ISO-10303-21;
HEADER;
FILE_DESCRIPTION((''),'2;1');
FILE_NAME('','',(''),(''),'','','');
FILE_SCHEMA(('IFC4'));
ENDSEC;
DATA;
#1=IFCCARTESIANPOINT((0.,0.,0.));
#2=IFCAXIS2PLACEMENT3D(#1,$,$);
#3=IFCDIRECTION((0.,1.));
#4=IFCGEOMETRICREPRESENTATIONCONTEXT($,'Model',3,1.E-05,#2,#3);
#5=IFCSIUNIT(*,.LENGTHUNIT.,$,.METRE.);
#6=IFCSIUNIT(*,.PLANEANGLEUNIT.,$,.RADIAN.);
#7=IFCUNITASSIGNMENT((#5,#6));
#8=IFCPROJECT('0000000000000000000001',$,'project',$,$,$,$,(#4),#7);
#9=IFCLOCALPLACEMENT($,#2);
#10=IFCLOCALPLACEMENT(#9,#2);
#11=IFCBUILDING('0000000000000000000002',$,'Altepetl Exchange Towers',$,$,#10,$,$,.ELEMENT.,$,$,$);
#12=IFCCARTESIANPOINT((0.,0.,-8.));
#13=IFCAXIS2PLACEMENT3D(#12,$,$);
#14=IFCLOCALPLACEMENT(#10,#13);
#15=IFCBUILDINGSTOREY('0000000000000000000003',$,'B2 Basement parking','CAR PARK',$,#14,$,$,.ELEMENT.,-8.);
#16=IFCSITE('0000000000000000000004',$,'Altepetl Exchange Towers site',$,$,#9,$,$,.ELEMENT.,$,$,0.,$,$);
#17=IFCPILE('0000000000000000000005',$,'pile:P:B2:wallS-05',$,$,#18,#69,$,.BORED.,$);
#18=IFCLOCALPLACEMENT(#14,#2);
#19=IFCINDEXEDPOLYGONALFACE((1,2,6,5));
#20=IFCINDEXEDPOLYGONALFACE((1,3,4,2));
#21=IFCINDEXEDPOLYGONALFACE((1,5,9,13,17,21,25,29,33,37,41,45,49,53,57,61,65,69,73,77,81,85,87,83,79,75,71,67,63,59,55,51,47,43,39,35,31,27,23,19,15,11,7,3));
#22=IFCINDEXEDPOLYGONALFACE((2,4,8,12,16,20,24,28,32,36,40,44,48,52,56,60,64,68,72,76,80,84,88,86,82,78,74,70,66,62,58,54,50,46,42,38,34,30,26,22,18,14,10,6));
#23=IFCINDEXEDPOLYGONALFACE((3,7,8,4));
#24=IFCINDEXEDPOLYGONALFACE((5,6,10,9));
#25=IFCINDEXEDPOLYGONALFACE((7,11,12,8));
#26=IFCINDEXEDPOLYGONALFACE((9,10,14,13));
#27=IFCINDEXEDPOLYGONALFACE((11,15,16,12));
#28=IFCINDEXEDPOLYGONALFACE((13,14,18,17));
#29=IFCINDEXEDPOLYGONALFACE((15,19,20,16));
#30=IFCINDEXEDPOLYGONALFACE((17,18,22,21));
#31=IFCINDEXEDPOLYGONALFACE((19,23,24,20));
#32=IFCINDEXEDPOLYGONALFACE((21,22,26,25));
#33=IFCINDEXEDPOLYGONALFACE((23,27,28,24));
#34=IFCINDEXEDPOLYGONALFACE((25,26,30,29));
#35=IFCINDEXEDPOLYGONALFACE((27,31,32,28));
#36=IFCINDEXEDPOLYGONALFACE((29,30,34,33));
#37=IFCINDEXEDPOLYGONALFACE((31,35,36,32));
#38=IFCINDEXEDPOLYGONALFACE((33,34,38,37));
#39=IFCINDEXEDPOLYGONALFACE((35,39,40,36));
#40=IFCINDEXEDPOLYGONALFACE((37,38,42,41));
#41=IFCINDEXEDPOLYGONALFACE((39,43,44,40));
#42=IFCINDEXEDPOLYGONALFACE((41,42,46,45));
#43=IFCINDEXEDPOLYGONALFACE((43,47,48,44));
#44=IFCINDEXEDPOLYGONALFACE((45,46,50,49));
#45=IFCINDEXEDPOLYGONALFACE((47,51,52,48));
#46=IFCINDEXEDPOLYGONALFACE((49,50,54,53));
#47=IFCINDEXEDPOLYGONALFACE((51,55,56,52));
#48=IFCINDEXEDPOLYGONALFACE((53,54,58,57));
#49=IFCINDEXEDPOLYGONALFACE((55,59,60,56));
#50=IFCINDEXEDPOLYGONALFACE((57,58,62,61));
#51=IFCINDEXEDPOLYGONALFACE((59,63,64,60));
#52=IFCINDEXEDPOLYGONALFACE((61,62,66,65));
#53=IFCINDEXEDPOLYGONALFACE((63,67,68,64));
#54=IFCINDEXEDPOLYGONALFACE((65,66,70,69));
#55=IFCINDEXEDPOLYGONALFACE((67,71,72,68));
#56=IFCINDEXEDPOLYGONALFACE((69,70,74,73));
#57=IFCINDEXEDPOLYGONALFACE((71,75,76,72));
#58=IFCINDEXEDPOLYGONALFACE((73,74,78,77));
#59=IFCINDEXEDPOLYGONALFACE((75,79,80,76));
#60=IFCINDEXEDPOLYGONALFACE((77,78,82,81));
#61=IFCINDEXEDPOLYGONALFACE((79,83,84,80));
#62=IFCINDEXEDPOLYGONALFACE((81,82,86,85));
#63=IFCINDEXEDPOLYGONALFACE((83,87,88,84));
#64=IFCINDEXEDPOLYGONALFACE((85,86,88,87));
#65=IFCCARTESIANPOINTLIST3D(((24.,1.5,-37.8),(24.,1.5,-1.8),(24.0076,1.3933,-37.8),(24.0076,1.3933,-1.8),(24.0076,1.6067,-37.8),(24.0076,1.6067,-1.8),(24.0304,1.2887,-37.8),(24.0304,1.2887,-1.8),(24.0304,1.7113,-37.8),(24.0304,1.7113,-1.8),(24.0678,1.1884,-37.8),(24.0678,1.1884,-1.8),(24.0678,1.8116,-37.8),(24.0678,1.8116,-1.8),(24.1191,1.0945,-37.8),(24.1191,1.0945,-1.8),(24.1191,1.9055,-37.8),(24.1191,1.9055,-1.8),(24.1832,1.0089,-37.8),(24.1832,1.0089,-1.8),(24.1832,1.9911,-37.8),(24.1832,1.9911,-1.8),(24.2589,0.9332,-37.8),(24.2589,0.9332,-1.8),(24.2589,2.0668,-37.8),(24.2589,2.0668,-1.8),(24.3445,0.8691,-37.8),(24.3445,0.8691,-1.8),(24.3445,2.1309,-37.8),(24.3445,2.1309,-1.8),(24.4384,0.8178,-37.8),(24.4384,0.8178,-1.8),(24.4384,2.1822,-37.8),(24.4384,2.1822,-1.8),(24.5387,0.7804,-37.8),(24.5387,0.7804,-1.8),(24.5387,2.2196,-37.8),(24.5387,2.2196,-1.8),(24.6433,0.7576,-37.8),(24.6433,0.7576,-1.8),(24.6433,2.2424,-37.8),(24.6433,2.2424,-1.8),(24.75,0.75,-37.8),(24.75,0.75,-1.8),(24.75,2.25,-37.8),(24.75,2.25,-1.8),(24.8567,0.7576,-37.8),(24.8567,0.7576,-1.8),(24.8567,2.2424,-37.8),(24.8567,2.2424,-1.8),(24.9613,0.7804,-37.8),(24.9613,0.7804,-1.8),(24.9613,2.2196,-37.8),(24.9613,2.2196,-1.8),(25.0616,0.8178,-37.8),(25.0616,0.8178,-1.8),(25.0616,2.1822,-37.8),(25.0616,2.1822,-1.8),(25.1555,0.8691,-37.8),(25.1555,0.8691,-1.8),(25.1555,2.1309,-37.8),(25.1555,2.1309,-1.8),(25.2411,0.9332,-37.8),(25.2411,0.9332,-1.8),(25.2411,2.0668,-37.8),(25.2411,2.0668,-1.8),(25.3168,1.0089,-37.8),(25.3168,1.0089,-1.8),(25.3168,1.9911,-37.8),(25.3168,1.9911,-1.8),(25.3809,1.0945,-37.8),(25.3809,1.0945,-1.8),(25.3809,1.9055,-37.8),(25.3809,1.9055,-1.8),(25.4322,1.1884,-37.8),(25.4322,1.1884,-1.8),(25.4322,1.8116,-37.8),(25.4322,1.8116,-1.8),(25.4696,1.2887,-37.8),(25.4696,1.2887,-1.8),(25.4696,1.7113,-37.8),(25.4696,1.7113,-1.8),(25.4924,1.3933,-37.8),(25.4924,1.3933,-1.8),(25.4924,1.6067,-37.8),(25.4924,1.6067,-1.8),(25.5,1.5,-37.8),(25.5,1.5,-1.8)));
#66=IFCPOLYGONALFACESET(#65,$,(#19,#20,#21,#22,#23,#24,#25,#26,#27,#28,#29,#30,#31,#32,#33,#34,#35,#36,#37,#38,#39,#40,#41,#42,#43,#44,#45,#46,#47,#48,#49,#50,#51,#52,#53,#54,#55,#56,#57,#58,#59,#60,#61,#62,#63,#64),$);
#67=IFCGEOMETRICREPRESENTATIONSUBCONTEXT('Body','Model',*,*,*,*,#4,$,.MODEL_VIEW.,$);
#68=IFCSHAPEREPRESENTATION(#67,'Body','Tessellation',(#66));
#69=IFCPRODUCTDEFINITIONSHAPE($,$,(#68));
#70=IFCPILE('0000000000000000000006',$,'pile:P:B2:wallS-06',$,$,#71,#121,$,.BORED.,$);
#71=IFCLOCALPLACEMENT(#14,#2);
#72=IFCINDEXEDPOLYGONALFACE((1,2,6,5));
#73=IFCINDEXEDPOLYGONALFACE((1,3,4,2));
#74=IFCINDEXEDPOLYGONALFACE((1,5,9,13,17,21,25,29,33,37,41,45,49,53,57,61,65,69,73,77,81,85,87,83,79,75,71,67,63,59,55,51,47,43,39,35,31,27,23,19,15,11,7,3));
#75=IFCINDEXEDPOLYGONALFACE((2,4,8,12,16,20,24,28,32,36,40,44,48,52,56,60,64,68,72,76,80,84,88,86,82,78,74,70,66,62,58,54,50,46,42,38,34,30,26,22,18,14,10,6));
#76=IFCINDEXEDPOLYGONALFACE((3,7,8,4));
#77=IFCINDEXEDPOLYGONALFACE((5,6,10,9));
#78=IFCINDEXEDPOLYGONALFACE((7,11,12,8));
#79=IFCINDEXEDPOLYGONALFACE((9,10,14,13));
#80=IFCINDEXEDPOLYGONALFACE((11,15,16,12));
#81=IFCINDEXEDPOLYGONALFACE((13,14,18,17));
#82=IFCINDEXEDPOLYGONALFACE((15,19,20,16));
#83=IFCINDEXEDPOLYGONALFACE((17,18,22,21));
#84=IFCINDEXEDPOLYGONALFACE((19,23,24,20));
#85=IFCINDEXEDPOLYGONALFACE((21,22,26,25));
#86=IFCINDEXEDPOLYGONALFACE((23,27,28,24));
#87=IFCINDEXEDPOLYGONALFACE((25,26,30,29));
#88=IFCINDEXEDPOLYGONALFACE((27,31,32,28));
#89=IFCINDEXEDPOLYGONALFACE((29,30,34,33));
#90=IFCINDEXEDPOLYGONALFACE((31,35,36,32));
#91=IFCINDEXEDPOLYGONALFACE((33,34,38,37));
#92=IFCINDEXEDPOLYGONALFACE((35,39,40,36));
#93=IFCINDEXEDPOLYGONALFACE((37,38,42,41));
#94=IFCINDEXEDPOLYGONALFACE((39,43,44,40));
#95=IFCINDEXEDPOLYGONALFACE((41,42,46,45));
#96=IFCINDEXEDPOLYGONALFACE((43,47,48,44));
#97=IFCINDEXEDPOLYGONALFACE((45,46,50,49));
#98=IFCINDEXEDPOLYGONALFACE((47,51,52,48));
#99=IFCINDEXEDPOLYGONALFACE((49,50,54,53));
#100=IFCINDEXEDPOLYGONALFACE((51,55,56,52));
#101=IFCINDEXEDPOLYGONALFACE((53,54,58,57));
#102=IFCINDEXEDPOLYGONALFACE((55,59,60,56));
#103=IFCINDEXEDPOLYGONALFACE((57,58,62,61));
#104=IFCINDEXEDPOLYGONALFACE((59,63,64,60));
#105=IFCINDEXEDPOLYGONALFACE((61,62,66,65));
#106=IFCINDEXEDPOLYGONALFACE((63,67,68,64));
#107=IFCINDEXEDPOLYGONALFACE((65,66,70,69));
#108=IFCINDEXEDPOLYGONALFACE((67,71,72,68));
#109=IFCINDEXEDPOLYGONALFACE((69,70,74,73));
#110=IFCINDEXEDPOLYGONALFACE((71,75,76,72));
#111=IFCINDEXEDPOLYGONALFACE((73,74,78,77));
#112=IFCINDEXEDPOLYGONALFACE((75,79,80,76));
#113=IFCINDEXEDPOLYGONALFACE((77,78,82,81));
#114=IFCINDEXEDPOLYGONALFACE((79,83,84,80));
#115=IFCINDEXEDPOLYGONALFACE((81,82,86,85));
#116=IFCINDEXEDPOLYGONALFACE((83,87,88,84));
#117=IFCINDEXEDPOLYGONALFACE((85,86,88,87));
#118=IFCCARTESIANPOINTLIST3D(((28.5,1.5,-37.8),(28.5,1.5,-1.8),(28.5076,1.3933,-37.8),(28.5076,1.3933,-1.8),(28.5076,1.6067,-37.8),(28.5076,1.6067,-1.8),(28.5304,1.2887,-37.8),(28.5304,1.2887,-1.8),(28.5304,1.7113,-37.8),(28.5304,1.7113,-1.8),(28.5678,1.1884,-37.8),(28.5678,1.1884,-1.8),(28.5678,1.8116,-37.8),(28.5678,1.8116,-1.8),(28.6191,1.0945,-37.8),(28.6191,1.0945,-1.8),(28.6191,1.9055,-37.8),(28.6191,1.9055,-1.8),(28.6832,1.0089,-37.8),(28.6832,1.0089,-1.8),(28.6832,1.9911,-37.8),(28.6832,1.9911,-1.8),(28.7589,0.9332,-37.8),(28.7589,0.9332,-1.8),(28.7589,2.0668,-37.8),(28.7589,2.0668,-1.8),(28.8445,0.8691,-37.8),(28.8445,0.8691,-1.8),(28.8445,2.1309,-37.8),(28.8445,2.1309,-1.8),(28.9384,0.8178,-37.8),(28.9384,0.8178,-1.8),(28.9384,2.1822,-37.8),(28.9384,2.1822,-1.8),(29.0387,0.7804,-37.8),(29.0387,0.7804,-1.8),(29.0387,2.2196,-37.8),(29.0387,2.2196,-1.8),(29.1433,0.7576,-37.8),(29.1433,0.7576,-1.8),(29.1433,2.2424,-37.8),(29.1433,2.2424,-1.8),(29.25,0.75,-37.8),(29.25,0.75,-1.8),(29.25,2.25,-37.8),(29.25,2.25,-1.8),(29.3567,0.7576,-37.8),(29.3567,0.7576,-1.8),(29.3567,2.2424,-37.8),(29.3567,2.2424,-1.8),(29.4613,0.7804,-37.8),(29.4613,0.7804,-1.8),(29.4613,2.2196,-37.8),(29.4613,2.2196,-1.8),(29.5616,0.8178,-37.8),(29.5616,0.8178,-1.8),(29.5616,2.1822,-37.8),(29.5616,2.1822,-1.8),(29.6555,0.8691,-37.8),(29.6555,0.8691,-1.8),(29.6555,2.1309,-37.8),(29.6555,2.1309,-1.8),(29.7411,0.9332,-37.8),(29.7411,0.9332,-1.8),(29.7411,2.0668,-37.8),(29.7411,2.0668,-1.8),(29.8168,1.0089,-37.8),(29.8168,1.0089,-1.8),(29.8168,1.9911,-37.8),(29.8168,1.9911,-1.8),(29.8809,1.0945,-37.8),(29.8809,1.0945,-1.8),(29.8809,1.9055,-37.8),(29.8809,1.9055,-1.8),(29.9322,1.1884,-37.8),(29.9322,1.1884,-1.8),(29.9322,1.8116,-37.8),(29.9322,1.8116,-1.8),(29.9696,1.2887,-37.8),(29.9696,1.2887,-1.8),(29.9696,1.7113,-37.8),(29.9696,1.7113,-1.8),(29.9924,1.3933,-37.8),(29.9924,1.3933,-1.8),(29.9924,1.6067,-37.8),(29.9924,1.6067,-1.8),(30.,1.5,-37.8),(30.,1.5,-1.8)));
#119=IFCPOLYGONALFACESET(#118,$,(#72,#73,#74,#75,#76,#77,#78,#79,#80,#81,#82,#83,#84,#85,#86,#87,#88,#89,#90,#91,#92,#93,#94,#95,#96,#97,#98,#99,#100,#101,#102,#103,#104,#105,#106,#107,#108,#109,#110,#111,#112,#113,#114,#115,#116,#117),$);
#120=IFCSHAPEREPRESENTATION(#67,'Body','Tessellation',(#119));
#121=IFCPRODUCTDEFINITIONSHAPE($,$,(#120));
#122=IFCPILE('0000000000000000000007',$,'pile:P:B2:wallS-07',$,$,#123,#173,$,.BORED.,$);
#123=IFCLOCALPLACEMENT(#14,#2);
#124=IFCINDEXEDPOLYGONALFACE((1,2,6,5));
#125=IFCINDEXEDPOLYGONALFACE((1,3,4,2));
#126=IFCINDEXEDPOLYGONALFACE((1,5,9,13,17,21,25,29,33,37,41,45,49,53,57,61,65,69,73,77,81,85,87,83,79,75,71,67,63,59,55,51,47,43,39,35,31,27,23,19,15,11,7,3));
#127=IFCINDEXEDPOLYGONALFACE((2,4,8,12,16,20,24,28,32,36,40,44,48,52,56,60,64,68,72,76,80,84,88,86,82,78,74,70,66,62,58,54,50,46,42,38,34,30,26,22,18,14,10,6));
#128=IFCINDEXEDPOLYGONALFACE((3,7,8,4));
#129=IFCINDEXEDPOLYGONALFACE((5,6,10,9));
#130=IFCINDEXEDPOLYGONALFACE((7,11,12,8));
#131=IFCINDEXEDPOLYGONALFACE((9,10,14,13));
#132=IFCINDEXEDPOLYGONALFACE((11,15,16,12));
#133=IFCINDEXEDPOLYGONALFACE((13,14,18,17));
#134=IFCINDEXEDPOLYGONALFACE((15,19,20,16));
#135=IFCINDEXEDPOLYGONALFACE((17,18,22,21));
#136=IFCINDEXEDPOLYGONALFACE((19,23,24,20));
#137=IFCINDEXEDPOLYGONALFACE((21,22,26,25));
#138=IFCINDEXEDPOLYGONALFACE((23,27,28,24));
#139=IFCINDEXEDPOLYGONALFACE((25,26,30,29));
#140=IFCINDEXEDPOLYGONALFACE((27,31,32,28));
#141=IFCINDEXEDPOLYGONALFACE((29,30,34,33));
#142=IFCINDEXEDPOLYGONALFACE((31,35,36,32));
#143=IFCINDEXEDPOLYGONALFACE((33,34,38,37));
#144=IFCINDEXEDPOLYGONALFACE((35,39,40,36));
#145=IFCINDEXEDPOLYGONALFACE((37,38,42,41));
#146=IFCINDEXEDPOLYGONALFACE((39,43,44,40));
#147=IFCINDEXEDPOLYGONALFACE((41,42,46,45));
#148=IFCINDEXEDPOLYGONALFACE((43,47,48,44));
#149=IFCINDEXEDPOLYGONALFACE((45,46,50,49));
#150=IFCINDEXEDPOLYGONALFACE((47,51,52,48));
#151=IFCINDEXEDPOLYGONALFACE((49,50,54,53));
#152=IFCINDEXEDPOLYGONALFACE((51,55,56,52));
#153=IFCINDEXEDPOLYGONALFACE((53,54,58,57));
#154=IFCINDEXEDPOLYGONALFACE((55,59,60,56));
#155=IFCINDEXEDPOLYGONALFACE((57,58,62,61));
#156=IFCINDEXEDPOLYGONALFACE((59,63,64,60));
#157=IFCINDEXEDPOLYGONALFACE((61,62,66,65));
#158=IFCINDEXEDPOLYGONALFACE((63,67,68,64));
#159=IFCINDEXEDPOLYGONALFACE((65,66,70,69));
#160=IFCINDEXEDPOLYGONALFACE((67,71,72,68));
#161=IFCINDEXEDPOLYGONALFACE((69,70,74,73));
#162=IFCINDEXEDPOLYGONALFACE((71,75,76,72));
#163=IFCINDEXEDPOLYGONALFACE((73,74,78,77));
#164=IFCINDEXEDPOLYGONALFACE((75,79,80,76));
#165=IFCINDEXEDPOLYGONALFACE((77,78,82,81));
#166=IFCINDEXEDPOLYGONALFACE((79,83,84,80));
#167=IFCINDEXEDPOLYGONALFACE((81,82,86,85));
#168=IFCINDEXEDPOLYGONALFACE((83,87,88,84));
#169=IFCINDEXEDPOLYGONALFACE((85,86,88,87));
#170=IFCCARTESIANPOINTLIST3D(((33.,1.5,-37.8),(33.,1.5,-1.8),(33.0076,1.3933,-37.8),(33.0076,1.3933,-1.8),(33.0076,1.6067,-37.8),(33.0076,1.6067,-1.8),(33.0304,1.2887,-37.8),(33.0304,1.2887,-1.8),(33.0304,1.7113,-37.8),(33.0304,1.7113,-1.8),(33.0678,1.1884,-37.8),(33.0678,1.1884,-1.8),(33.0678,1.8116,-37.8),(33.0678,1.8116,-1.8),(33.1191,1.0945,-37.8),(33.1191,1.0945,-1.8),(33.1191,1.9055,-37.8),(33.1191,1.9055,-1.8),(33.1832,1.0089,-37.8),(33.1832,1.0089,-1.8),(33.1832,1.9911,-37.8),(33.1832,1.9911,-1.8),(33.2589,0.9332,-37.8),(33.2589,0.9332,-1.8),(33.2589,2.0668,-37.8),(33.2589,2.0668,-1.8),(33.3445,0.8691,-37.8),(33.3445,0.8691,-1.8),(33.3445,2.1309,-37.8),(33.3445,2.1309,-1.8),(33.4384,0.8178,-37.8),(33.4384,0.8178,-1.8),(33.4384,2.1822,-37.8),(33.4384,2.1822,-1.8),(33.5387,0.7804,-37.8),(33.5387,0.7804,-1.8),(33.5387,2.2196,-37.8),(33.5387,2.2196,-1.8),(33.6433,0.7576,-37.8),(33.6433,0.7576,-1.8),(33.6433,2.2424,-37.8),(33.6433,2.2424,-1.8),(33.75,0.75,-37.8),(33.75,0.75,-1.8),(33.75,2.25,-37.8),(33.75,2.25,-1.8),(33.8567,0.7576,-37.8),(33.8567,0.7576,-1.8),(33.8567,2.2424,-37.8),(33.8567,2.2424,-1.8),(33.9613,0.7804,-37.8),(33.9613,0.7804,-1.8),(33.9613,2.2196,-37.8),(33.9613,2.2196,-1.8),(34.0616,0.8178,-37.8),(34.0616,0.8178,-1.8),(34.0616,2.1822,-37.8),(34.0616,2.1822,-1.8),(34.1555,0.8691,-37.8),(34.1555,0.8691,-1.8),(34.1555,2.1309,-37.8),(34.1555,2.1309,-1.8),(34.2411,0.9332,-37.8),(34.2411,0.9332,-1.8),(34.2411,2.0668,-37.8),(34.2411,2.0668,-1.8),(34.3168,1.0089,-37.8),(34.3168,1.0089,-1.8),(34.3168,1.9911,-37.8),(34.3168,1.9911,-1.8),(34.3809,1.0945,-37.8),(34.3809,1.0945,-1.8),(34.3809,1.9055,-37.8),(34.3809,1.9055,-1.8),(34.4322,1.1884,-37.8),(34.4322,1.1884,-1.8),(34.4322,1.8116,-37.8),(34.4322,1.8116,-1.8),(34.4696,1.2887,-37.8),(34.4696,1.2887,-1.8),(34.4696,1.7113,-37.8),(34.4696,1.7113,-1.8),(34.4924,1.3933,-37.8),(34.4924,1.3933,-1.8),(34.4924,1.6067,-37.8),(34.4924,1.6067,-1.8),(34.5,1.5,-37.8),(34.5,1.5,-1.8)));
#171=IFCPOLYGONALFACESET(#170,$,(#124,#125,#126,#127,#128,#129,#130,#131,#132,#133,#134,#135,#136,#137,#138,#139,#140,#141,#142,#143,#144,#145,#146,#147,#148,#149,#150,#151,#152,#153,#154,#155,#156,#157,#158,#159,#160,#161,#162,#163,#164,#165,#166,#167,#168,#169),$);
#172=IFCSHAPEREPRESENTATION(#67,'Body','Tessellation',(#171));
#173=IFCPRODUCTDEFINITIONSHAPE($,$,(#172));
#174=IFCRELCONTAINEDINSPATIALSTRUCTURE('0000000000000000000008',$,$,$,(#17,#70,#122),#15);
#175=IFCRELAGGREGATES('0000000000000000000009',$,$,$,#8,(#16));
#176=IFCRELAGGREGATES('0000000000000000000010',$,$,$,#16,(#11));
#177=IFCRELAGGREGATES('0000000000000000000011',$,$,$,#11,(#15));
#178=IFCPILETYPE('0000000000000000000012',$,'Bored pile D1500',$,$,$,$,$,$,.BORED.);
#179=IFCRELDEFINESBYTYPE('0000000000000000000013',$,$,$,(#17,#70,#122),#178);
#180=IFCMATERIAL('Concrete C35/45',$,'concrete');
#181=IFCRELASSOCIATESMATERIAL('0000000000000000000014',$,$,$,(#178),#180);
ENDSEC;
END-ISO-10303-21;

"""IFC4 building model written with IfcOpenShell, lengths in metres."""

from ifc_helpers import new_model, si_unit, direction, frame, origin, origin_2d, place, context, subcontext, project, spatial, circle, extrude, material, material_profile, profile_set, type_object, element, save


model = new_model("IFC4")

# Units and contexts
model_context = context("Model", 3, precision=1e-05, world=origin(), true_north=direction((0.0, 1.0)))
body_context = subcontext(model_context, "Body", "Model", "MODEL_VIEW")
ifc_project = project(units=[si_unit("LENGTHUNIT", "METRE"), si_unit("PLANEANGLEUNIT", "RADIAN")], contexts=[model_context])

# Site, building, storey
site_placement = place(None, origin())
site = spatial("IfcSite", under=ifc_project, at=site_placement, Name="Altepetl Exchange Towers site", CompositionType="ELEMENT", RefElevation=0.0)
building_placement = place(site_placement, origin())
building = spatial("IfcBuilding", under=site, at=building_placement, Name="Altepetl Exchange Towers", CompositionType="ELEMENT")
storey_placement = place(building_placement, frame((0.0, 0.0, -8.0)))
storey = spatial("IfcBuildingStorey", under=building, at=storey_placement, Name="B2 Basement parking", Description="CAR PARK", CompositionType="ELEMENT", Elevation=-8.0)

# Piles
ifc_material_1 = material(Name="Concrete C35/45", Category="concrete")
ifc_material_profile_1 = material_profile(ifc_material_1, circle(Radius=0.75, at=origin_2d()), Name="D1500")
ifc_profile_set_1 = profile_set([ifc_material_profile_1], Name="Concrete C35/45")
pile_type_1 = type_object("IfcPileType", Name="Bored pile D1500", PredefinedType="BORED", material=ifc_profile_set_1)
for number, where, z_axis, x_axis, name in (
    (1, (24.75, 1.5, -1.8), (0.0, 0.0, -1.0), (1.0, 0.0, 0.0), "pile:P:B2:wallS-05"),
    (2, (29.25, 1.5, -1.8), (0.0, 0.0, -1.0), (1.0, 0.0, 0.0), "pile:P:B2:wallS-06"),
    (3, (33.75, 1.5, -1.8), (0.0, 0.0, -1.0), (1.0, 0.0, 0.0), "pile:P:B2:wallS-07"),
):
    element("IfcPile", number, at=place(storey_placement, frame(where, z_axis=z_axis, x_axis=x_axis)), inside=storey, type_object=pile_type_1, Name=name, PredefinedType="BORED", context=body_context, shape_type="SweptSolid", body=[
        extrude(circle(Radius=0.75, at=origin_2d()), origin(), (0.0, 0.0, 1.0), 36.0),
    ])

save(model, "model.ifc")
